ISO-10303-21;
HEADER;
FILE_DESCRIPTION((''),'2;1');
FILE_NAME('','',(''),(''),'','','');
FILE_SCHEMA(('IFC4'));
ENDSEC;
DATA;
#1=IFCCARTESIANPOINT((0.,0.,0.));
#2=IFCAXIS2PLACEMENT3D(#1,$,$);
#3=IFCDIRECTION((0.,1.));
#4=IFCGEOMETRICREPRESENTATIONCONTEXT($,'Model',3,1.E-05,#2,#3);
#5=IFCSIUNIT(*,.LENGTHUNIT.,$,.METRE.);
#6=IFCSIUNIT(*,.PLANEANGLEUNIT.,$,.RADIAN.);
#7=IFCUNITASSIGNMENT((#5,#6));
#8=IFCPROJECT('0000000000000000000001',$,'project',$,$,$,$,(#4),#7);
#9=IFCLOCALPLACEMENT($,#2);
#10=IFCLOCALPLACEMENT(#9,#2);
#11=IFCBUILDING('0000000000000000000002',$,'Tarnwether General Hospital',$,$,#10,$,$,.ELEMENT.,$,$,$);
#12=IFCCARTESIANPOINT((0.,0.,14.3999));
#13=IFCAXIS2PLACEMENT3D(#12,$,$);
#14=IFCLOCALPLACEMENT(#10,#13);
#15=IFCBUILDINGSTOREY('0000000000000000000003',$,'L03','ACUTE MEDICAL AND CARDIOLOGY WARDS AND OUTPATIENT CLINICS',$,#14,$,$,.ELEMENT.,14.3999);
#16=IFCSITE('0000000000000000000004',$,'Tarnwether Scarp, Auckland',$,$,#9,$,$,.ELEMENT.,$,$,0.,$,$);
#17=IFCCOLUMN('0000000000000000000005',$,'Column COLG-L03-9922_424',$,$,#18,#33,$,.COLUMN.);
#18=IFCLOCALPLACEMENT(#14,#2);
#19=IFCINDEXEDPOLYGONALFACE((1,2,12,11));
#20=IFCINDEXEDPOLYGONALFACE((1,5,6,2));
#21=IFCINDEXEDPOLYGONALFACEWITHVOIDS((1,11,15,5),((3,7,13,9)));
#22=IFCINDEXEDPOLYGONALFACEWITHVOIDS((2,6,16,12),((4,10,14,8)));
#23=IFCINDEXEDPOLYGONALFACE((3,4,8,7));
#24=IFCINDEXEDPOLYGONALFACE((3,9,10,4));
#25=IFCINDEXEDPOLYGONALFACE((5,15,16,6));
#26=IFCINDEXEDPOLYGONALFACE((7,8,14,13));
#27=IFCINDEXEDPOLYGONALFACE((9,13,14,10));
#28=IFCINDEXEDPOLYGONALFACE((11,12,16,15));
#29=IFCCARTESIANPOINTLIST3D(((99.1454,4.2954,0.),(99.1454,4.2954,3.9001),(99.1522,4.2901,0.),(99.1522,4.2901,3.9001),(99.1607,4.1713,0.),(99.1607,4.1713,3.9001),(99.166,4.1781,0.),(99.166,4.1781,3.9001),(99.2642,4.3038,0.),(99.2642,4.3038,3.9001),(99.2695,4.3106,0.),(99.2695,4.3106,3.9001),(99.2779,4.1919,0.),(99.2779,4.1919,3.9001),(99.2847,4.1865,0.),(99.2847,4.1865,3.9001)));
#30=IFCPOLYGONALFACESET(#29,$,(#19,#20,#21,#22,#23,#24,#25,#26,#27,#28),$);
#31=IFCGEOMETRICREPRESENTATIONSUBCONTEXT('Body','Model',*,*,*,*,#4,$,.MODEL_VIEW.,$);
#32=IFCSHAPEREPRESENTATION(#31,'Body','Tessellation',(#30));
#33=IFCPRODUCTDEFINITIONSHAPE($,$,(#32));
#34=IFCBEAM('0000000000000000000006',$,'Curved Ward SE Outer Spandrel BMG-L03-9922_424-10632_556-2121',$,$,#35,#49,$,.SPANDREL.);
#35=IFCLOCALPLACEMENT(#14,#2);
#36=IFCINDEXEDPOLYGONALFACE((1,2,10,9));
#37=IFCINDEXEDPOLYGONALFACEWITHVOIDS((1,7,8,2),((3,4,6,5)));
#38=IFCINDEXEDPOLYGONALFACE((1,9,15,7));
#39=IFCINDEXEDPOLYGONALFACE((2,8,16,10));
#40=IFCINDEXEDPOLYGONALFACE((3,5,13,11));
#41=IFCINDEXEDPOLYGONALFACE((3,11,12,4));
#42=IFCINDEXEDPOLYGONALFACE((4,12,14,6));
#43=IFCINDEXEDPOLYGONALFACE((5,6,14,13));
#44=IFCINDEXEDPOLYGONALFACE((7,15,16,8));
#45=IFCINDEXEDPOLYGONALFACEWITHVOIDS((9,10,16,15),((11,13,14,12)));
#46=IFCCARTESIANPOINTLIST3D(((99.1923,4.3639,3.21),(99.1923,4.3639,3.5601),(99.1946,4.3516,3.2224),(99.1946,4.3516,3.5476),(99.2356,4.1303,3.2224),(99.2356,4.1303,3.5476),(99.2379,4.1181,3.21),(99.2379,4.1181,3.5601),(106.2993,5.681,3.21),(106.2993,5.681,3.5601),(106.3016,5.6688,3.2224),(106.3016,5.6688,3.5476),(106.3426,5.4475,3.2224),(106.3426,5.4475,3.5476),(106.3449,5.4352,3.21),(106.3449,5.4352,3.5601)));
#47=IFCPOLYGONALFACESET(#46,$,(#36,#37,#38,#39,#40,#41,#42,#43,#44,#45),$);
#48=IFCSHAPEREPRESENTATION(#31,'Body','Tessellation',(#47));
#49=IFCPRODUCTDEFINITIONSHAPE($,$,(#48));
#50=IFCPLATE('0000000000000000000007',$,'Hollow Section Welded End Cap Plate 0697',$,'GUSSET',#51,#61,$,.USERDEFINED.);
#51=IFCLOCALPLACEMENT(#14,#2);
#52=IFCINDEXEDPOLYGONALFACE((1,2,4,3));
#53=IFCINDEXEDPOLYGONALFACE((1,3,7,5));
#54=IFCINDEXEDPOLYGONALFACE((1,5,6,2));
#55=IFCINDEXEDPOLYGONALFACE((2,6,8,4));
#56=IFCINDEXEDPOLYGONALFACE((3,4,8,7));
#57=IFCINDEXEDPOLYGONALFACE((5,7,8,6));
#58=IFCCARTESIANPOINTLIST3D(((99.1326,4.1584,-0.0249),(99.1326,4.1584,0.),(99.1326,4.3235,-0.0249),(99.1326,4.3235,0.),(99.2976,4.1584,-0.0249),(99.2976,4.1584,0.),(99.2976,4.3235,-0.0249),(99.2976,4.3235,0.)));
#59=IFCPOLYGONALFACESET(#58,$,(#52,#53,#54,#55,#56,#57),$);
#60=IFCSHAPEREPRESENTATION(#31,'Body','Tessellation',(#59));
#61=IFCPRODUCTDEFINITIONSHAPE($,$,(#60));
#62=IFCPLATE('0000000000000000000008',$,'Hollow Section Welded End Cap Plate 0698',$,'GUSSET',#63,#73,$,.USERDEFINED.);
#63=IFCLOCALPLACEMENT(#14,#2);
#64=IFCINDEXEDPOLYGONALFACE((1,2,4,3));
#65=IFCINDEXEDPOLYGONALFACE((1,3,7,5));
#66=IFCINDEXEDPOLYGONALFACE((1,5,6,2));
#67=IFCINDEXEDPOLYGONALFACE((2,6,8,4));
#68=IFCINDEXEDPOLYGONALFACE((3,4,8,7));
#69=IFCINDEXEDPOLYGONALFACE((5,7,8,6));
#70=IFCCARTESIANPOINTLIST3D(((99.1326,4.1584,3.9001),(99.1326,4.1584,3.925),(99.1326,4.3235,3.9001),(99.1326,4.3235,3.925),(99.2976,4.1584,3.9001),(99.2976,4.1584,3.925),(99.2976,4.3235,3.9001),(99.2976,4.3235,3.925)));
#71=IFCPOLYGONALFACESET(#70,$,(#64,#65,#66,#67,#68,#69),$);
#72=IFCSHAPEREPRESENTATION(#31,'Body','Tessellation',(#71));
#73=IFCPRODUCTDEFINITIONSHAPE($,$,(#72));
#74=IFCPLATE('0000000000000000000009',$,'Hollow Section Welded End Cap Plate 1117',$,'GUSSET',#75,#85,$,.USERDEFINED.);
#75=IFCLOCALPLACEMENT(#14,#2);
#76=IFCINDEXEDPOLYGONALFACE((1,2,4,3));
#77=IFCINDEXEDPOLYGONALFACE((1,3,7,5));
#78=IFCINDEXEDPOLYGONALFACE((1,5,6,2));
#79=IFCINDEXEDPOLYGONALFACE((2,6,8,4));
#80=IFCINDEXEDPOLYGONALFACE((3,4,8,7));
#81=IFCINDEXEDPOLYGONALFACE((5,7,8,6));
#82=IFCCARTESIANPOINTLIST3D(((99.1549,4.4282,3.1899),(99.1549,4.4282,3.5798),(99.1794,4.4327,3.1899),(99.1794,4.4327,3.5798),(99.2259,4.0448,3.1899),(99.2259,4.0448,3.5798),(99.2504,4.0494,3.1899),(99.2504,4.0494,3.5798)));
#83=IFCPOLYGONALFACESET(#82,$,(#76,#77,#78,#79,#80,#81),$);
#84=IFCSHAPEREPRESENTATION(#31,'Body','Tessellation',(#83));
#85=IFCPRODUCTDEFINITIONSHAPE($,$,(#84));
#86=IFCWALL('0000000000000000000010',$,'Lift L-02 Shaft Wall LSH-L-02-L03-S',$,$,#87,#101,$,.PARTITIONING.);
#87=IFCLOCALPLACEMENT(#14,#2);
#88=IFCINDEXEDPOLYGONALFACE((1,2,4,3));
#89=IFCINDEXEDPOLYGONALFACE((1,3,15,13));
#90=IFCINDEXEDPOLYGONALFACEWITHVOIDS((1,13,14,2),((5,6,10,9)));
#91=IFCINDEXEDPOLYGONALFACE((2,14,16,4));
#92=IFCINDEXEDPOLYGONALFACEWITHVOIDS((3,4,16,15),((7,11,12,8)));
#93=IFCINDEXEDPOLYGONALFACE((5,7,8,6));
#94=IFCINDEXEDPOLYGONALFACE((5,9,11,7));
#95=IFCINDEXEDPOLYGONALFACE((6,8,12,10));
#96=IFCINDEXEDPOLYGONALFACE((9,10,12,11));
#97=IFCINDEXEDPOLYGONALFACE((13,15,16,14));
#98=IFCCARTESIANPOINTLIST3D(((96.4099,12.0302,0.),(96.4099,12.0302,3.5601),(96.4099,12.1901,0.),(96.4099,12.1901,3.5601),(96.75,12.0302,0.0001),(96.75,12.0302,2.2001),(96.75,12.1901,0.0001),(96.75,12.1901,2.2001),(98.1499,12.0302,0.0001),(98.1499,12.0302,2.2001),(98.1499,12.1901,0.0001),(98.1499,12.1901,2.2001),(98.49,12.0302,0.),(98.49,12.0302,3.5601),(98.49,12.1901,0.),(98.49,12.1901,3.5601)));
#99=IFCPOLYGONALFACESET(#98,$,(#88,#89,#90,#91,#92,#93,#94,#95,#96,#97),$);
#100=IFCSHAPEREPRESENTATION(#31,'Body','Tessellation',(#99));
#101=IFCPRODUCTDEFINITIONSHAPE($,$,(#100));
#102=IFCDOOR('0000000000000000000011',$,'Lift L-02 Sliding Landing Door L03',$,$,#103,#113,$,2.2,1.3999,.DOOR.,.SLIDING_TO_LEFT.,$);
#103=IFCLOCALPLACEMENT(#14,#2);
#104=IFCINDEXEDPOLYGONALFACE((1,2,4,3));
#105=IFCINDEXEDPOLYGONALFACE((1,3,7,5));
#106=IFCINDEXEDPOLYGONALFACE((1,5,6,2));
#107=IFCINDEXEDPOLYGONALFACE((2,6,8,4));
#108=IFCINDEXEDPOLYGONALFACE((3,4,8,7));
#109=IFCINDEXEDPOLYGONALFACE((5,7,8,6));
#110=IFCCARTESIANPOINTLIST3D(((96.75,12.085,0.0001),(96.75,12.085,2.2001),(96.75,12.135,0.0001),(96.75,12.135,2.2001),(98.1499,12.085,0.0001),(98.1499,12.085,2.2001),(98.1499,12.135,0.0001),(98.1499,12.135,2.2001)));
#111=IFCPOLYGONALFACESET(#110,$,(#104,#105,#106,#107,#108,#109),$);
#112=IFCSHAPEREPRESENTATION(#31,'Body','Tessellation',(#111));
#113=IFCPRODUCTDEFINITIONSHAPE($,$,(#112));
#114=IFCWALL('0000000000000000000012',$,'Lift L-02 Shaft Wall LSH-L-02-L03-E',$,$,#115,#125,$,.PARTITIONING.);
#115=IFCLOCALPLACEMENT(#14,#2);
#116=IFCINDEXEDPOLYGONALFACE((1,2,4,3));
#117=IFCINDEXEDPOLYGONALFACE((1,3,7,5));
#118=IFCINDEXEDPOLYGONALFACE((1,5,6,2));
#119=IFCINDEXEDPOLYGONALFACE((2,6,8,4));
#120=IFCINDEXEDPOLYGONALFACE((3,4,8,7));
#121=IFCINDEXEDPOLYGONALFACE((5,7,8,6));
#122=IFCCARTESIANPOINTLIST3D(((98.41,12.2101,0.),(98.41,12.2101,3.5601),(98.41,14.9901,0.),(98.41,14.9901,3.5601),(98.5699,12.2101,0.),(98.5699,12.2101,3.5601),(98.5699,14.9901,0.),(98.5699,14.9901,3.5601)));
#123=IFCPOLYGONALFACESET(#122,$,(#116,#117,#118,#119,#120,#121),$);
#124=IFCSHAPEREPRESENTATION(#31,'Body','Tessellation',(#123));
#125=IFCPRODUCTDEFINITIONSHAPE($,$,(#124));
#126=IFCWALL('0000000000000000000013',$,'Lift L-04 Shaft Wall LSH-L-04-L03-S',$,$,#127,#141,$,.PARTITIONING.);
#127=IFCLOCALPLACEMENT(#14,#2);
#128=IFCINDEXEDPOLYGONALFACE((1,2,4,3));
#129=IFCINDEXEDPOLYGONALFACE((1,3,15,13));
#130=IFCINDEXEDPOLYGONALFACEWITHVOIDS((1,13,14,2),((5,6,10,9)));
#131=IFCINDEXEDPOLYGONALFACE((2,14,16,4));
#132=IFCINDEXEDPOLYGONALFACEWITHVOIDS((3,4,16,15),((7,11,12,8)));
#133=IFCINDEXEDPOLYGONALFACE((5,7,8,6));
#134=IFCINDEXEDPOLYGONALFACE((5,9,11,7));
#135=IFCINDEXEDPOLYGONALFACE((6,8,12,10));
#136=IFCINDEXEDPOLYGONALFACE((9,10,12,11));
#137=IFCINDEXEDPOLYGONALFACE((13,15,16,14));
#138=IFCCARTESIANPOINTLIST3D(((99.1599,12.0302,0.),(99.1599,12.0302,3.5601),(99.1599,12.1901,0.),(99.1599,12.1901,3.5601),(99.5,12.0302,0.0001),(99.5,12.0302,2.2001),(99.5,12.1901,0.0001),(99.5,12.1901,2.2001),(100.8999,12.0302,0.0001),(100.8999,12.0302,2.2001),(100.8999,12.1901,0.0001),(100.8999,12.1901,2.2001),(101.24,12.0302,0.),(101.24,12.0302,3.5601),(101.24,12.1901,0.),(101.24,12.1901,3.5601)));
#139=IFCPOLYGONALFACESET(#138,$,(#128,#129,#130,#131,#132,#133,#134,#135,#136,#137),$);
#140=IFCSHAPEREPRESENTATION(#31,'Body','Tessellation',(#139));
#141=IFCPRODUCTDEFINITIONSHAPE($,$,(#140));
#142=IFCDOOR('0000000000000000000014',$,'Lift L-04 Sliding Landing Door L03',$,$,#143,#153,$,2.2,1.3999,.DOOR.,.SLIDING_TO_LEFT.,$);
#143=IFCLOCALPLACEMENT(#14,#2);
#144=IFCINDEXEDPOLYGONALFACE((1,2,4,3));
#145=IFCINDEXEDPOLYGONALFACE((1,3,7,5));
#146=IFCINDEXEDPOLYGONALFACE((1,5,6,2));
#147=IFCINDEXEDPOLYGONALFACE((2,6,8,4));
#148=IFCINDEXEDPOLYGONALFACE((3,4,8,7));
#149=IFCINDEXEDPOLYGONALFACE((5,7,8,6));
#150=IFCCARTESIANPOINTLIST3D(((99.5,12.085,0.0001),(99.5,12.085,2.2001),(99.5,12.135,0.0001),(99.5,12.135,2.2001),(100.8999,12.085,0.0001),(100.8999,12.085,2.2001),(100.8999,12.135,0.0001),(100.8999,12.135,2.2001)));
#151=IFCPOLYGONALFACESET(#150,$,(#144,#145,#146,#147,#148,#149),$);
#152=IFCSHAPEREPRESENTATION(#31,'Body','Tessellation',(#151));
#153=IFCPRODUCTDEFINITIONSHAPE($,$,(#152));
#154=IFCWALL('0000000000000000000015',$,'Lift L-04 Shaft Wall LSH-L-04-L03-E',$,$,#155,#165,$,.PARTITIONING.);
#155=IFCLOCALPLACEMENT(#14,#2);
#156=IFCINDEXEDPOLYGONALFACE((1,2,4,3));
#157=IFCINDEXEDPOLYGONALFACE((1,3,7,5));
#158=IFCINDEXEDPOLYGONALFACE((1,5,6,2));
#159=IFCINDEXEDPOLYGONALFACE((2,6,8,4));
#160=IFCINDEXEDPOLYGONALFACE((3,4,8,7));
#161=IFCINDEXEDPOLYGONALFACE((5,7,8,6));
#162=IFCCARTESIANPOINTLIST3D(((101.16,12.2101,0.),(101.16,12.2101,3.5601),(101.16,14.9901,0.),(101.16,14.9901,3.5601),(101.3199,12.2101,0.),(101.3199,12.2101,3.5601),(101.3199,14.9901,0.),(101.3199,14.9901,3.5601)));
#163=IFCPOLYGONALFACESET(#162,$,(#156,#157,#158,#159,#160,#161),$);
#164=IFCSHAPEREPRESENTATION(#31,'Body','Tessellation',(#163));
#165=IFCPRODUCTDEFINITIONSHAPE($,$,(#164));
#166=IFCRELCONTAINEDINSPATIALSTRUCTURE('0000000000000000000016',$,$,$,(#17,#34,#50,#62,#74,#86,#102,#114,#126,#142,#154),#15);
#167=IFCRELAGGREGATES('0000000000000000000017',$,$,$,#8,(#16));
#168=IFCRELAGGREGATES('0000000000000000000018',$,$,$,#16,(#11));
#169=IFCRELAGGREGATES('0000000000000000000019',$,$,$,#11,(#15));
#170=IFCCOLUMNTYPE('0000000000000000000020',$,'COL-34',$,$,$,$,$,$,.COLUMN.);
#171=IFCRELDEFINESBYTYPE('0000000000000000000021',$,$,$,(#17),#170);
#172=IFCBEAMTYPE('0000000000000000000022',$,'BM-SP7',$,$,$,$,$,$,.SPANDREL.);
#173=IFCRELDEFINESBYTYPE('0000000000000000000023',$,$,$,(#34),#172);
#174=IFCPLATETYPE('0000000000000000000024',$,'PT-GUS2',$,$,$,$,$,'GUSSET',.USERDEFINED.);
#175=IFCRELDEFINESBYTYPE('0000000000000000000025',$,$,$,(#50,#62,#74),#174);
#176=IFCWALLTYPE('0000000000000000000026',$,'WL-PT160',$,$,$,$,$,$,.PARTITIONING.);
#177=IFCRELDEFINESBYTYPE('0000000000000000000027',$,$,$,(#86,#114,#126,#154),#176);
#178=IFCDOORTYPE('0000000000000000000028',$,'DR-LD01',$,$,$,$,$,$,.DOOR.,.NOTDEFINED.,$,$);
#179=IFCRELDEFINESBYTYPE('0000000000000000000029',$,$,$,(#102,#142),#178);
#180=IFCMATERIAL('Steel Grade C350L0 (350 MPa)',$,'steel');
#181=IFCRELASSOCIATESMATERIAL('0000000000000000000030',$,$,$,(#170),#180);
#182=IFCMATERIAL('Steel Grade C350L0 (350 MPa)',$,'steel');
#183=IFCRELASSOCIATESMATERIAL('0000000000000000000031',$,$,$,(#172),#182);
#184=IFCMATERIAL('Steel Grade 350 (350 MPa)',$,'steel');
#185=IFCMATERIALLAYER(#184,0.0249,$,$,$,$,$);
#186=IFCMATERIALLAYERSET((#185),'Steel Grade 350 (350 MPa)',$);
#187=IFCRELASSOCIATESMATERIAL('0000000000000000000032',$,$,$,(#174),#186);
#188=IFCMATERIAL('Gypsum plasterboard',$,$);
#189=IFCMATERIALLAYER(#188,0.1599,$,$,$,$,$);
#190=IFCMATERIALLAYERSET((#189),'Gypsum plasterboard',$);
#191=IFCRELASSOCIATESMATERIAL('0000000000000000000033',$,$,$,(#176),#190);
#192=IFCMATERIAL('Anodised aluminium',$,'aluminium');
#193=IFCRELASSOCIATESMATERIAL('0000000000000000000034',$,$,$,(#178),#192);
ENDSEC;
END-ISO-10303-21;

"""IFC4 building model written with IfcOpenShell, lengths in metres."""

from ifc_helpers import new_model, si_unit, direction, frame, frame_2d, origin, origin_2d, place, context, subcontext, project, spatial, rectangle, hollow_rectangle, extrude, material, layer, layer_set, material_profile, profile_set, type_object, element, fill, save


model = new_model("IFC4")

# Units and contexts
model_context = context("Model", 3, precision=1e-05, world=origin(), true_north=direction((0.0, 1.0)))
body_context = subcontext(model_context, "Body", "Model", "MODEL_VIEW")
ifc_project = project(units=[si_unit("LENGTHUNIT", "METRE"), si_unit("PLANEANGLEUNIT", "RADIAN")], contexts=[model_context])

# Site, building, storey
site_placement = place(None, origin())
site = spatial("IfcSite", under=ifc_project, at=site_placement, Name="Tarnwether Scarp, Auckland", CompositionType="ELEMENT", RefElevation=0.0)
building_placement = place(site_placement, origin())
building = spatial("IfcBuilding", under=site, at=building_placement, Name="Tarnwether General Hospital", CompositionType="ELEMENT")
storey_placement = place(building_placement, frame((0.0, 0.0, 14.3999)))
storey = spatial("IfcBuildingStorey", under=building, at=storey_placement, Name="L03", Description="ACUTE MEDICAL AND CARDIOLOGY WARDS AND OUTPATIENT CLINICS", CompositionType="ELEMENT", Elevation=14.3999)

# Column
ifc_material_1 = material(Name="Steel Grade C350L0 (350 MPa)", Category="steel")
ifc_material_profile_1 = material_profile(ifc_material_1, hollow_rectangle(XDim=0.125, YDim=0.125, WallThickness=0.0061, at=origin_2d()), Name="SHS125x125x6")
ifc_profile_set_1 = profile_set([ifc_material_profile_1], Name="Steel Grade C350L0 (350 MPa)")
column_type = type_object("IfcColumnType", Name="COL-34", PredefinedType="COLUMN", material=ifc_profile_set_1)
column_placement = place(storey_placement, frame((99.2151, 4.241, 0.0), z_axis=(0.0, 0.0, 1.0), x_axis=(-0.121869, 0.992546, 0.0)))
element("IfcColumn", 1, at=column_placement, inside=storey, type_object=column_type, Name="Column COLG-L03-9922_424", PredefinedType="COLUMN", context=body_context, shape_type="SweptSolid", body=[
    extrude(hollow_rectangle(XDim=0.125, YDim=0.125, WallThickness=0.0061, at=origin_2d()), origin(), (0.0, 0.0, 1.0), 3.9001),
])

# Beam
ifc_material_2 = material(Name="Steel Grade C350L0 (350 MPa)", Category="steel")
ifc_material_profile_2 = material_profile(ifc_material_2, hollow_rectangle(XDim=0.25, YDim=0.3501, WallThickness=0.0125, at=origin_2d()), Name="RHS350x250x12.5")
ifc_profile_set_2 = profile_set([ifc_material_profile_2], Name="Steel Grade C350L0 (350 MPa)")
beam_type = type_object("IfcBeamType", Name="BM-SP7", PredefinedType="SPANDREL", material=ifc_profile_set_2)
beam_placement = place(storey_placement, frame((99.2151, 4.241, 3.385), z_axis=(0.983256, 0.182228, 0.0), x_axis=(-0.182228, 0.983256, 0.0)))
element("IfcBeam", 2, at=beam_placement, inside=storey, type_object=beam_type, Name="Curved Ward SE Outer Spandrel BMG-L03-9922_424-10632_556-2121", PredefinedType="SPANDREL", context=body_context, shape_type="SweptSolid", body=[
    extrude(hollow_rectangle(XDim=0.25, YDim=0.3501, WallThickness=0.0125, at=origin_2d()), origin(), (0.0, 0.0, 1.0), 7.228),
])

# Plates
ifc_material_3 = material(Name="Steel Grade 350 (350 MPa)", Category="steel")
ifc_layer_1 = layer(ifc_material_3, 0.0249)
ifc_layer_set_1 = layer_set([ifc_layer_1], Name="Steel Grade 350 (350 MPa)")
plate_type = type_object("IfcPlateType", Name="PT-GUS2", ElementType="GUSSET", PredefinedType="USERDEFINED", material=ifc_layer_set_1)
for number, where, z_axis, x_axis, name in (
    (3, (99.2151, 4.241, -0.0249), (0.0, 0.0, 1.0), (1.0, 0.0, 0.0), "Hollow Section Welded End Cap Plate 0697"),
    (4, (99.2151, 4.241, 3.9001), (0.0, 0.0, 1.0), (1.0, 0.0, 0.0), "Hollow Section Welded End Cap Plate 0698"),
):
    element("IfcPlate", number, at=place(storey_placement, frame(where, z_axis=z_axis, x_axis=x_axis)), inside=storey, type_object=plate_type, Name=name, ObjectType="GUSSET", PredefinedType="USERDEFINED", context=body_context, shape_type="SweptSolid", body=[
        extrude(rectangle(XDim=0.165, YDim=0.165, at=origin_2d()), origin(), (0.0, 0.0, 1.0), 0.0249),
    ])
plate_placement = place(storey_placement, frame((99.2026, 4.2388, 3.1899), z_axis=(0.0, 0.0, 1.0), x_axis=(0.983261, 0.182201, 0.0)))
element("IfcPlate", 5, at=plate_placement, inside=storey, type_object=plate_type, Name="Hollow Section Welded End Cap Plate 1117", ObjectType="GUSSET", PredefinedType="USERDEFINED", context=body_context, shape_type="SweptSolid", body=[
    extrude(rectangle(XDim=0.0249, YDim=0.3899, at=origin_2d()), origin(), (0.0, 0.0, 1.0), 0.3899),
])

# Wall, opening, door
ifc_material_4 = material(Name="Gypsum plasterboard")
ifc_layer_2 = layer(ifc_material_4, 0.1599)
ifc_layer_set_2 = layer_set([ifc_layer_2], Name="Gypsum plasterboard")
wall_type_1 = type_object("IfcWallType", Name="WL-PT160", PredefinedType="PARTITIONING", material=ifc_layer_set_2)
wall_1_placement = place(storey_placement, frame((96.4099, 12.1101, 0.0), z_axis=(0.0, 0.0, 1.0), x_axis=(1.0, 0.0, 0.0)))
wall_1 = element("IfcWall", 6, at=wall_1_placement, inside=storey, type_object=wall_type_1, Name="Lift L-02 Shaft Wall LSH-L-02-L03-S", PredefinedType="PARTITIONING", context=body_context, shape_type="SweptSolid", body=[
    extrude(rectangle(XDim=2.0801, YDim=0.1599, at=frame_2d((1.04, 0.0))), origin(), (0.0, 0.0, 1.0), 3.5601),
])
opening_1_placement = place(wall_1_placement, frame((0.3401, 0.0, 0.0)))
opening_1 = element("IfcOpeningElement", 7, at=opening_1_placement, cuts=wall_1, PredefinedType="OPENING", context=body_context, shape_type="SweptSolid", body=[
    extrude(rectangle(XDim=1.3999, YDim=2.2, at=frame_2d((0.7, 1.1001))), frame((0.0, 0.0898, 0.0), z_axis=(0.0, -1.0, 0.0), x_axis=(1.0, 0.0, 0.0)), (0.0, 0.0, 1.0), 0.1799),
])
ifc_material_5 = material(Name="Anodised aluminium", Category="aluminium")
door_type_1 = type_object("IfcDoorType", Name="DR-LD01", OperationType="NOTDEFINED", PredefinedType="DOOR", material=ifc_material_5)
door_1_placement = place(opening_1_placement, origin())
door_1 = element("IfcDoor", 8, at=door_1_placement, inside=storey, type_object=door_type_1, Name="Lift L-02 Sliding Landing Door L03", OperationType="SLIDING_TO_LEFT", OverallHeight=2.2, OverallWidth=1.3999, PredefinedType="DOOR", context=body_context, shape_type="SweptSolid", body=[
    extrude(rectangle(XDim=1.3999, YDim=2.2, at=frame_2d((0.7, 1.1001))), frame((0.0, 0.0249, 0.0), z_axis=(0.0, -1.0, 0.0), x_axis=(1.0, 0.0, 0.0)), (0.0, 0.0, 1.0), 0.05),
])
fill(opening_1, door_1)

# Wall
wall_2_placement = place(storey_placement, frame((98.49, 12.21, 0.0), z_axis=(0.0, 0.0, 1.0), x_axis=(0.0, 1.0, 0.0)))
element("IfcWall", 9, at=wall_2_placement, inside=storey, type_object=wall_type_1, Name="Lift L-02 Shaft Wall LSH-L-02-L03-E", PredefinedType="PARTITIONING", context=body_context, shape_type="SweptSolid", body=[
    extrude(rectangle(XDim=2.78, YDim=0.1599, at=frame_2d((1.3901, 0.0))), origin(), (0.0, 0.0, 1.0), 3.5601),
])

# Wall, opening, door
wall_3_placement = place(storey_placement, frame((99.1599, 12.1101, 0.0), z_axis=(0.0, 0.0, 1.0), x_axis=(1.0, 0.0, 0.0)))
wall_3 = element("IfcWall", 10, at=wall_3_placement, inside=storey, type_object=wall_type_1, Name="Lift L-04 Shaft Wall LSH-L-04-L03-S", PredefinedType="PARTITIONING", context=body_context, shape_type="SweptSolid", body=[
    extrude(rectangle(XDim=2.0801, YDim=0.1599, at=frame_2d((1.04, 0.0))), origin(), (0.0, 0.0, 1.0), 3.5601),
])
opening_2_placement = place(wall_3_placement, frame((0.3401, 0.0, 0.0)))
opening_2 = element("IfcOpeningElement", 11, at=opening_2_placement, cuts=wall_3, PredefinedType="OPENING", context=body_context, shape_type="SweptSolid", body=[
    extrude(rectangle(XDim=1.3999, YDim=2.2, at=frame_2d((0.7, 1.1001))), frame((0.0, 0.0898, 0.0), z_axis=(0.0, -1.0, 0.0), x_axis=(1.0, 0.0, 0.0)), (0.0, 0.0, 1.0), 0.1799),
])
door_2_placement = place(opening_2_placement, origin())
door_2 = element("IfcDoor", 12, at=door_2_placement, inside=storey, type_object=door_type_1, Name="Lift L-04 Sliding Landing Door L03", OperationType="SLIDING_TO_LEFT", OverallHeight=2.2, OverallWidth=1.3999, PredefinedType="DOOR", context=body_context, shape_type="SweptSolid", body=[
    extrude(rectangle(XDim=1.3999, YDim=2.2, at=frame_2d((0.7, 1.1001))), frame((0.0, 0.0249, 0.0), z_axis=(0.0, -1.0, 0.0), x_axis=(1.0, 0.0, 0.0)), (0.0, 0.0, 1.0), 0.05),
])
fill(opening_2, door_2)

# Wall
wall_4_placement = place(storey_placement, frame((101.24, 12.21, 0.0), z_axis=(0.0, 0.0, 1.0), x_axis=(0.0, 1.0, 0.0)))
element("IfcWall", 13, at=wall_4_placement, inside=storey, type_object=wall_type_1, Name="Lift L-04 Shaft Wall LSH-L-04-L03-E", PredefinedType="PARTITIONING", context=body_context, shape_type="SweptSolid", body=[
    extrude(rectangle(XDim=2.78, YDim=0.1599, at=frame_2d((1.3901, 0.0))), origin(), (0.0, 0.0, 1.0), 3.5601),
])

save(model, "model.ifc")
